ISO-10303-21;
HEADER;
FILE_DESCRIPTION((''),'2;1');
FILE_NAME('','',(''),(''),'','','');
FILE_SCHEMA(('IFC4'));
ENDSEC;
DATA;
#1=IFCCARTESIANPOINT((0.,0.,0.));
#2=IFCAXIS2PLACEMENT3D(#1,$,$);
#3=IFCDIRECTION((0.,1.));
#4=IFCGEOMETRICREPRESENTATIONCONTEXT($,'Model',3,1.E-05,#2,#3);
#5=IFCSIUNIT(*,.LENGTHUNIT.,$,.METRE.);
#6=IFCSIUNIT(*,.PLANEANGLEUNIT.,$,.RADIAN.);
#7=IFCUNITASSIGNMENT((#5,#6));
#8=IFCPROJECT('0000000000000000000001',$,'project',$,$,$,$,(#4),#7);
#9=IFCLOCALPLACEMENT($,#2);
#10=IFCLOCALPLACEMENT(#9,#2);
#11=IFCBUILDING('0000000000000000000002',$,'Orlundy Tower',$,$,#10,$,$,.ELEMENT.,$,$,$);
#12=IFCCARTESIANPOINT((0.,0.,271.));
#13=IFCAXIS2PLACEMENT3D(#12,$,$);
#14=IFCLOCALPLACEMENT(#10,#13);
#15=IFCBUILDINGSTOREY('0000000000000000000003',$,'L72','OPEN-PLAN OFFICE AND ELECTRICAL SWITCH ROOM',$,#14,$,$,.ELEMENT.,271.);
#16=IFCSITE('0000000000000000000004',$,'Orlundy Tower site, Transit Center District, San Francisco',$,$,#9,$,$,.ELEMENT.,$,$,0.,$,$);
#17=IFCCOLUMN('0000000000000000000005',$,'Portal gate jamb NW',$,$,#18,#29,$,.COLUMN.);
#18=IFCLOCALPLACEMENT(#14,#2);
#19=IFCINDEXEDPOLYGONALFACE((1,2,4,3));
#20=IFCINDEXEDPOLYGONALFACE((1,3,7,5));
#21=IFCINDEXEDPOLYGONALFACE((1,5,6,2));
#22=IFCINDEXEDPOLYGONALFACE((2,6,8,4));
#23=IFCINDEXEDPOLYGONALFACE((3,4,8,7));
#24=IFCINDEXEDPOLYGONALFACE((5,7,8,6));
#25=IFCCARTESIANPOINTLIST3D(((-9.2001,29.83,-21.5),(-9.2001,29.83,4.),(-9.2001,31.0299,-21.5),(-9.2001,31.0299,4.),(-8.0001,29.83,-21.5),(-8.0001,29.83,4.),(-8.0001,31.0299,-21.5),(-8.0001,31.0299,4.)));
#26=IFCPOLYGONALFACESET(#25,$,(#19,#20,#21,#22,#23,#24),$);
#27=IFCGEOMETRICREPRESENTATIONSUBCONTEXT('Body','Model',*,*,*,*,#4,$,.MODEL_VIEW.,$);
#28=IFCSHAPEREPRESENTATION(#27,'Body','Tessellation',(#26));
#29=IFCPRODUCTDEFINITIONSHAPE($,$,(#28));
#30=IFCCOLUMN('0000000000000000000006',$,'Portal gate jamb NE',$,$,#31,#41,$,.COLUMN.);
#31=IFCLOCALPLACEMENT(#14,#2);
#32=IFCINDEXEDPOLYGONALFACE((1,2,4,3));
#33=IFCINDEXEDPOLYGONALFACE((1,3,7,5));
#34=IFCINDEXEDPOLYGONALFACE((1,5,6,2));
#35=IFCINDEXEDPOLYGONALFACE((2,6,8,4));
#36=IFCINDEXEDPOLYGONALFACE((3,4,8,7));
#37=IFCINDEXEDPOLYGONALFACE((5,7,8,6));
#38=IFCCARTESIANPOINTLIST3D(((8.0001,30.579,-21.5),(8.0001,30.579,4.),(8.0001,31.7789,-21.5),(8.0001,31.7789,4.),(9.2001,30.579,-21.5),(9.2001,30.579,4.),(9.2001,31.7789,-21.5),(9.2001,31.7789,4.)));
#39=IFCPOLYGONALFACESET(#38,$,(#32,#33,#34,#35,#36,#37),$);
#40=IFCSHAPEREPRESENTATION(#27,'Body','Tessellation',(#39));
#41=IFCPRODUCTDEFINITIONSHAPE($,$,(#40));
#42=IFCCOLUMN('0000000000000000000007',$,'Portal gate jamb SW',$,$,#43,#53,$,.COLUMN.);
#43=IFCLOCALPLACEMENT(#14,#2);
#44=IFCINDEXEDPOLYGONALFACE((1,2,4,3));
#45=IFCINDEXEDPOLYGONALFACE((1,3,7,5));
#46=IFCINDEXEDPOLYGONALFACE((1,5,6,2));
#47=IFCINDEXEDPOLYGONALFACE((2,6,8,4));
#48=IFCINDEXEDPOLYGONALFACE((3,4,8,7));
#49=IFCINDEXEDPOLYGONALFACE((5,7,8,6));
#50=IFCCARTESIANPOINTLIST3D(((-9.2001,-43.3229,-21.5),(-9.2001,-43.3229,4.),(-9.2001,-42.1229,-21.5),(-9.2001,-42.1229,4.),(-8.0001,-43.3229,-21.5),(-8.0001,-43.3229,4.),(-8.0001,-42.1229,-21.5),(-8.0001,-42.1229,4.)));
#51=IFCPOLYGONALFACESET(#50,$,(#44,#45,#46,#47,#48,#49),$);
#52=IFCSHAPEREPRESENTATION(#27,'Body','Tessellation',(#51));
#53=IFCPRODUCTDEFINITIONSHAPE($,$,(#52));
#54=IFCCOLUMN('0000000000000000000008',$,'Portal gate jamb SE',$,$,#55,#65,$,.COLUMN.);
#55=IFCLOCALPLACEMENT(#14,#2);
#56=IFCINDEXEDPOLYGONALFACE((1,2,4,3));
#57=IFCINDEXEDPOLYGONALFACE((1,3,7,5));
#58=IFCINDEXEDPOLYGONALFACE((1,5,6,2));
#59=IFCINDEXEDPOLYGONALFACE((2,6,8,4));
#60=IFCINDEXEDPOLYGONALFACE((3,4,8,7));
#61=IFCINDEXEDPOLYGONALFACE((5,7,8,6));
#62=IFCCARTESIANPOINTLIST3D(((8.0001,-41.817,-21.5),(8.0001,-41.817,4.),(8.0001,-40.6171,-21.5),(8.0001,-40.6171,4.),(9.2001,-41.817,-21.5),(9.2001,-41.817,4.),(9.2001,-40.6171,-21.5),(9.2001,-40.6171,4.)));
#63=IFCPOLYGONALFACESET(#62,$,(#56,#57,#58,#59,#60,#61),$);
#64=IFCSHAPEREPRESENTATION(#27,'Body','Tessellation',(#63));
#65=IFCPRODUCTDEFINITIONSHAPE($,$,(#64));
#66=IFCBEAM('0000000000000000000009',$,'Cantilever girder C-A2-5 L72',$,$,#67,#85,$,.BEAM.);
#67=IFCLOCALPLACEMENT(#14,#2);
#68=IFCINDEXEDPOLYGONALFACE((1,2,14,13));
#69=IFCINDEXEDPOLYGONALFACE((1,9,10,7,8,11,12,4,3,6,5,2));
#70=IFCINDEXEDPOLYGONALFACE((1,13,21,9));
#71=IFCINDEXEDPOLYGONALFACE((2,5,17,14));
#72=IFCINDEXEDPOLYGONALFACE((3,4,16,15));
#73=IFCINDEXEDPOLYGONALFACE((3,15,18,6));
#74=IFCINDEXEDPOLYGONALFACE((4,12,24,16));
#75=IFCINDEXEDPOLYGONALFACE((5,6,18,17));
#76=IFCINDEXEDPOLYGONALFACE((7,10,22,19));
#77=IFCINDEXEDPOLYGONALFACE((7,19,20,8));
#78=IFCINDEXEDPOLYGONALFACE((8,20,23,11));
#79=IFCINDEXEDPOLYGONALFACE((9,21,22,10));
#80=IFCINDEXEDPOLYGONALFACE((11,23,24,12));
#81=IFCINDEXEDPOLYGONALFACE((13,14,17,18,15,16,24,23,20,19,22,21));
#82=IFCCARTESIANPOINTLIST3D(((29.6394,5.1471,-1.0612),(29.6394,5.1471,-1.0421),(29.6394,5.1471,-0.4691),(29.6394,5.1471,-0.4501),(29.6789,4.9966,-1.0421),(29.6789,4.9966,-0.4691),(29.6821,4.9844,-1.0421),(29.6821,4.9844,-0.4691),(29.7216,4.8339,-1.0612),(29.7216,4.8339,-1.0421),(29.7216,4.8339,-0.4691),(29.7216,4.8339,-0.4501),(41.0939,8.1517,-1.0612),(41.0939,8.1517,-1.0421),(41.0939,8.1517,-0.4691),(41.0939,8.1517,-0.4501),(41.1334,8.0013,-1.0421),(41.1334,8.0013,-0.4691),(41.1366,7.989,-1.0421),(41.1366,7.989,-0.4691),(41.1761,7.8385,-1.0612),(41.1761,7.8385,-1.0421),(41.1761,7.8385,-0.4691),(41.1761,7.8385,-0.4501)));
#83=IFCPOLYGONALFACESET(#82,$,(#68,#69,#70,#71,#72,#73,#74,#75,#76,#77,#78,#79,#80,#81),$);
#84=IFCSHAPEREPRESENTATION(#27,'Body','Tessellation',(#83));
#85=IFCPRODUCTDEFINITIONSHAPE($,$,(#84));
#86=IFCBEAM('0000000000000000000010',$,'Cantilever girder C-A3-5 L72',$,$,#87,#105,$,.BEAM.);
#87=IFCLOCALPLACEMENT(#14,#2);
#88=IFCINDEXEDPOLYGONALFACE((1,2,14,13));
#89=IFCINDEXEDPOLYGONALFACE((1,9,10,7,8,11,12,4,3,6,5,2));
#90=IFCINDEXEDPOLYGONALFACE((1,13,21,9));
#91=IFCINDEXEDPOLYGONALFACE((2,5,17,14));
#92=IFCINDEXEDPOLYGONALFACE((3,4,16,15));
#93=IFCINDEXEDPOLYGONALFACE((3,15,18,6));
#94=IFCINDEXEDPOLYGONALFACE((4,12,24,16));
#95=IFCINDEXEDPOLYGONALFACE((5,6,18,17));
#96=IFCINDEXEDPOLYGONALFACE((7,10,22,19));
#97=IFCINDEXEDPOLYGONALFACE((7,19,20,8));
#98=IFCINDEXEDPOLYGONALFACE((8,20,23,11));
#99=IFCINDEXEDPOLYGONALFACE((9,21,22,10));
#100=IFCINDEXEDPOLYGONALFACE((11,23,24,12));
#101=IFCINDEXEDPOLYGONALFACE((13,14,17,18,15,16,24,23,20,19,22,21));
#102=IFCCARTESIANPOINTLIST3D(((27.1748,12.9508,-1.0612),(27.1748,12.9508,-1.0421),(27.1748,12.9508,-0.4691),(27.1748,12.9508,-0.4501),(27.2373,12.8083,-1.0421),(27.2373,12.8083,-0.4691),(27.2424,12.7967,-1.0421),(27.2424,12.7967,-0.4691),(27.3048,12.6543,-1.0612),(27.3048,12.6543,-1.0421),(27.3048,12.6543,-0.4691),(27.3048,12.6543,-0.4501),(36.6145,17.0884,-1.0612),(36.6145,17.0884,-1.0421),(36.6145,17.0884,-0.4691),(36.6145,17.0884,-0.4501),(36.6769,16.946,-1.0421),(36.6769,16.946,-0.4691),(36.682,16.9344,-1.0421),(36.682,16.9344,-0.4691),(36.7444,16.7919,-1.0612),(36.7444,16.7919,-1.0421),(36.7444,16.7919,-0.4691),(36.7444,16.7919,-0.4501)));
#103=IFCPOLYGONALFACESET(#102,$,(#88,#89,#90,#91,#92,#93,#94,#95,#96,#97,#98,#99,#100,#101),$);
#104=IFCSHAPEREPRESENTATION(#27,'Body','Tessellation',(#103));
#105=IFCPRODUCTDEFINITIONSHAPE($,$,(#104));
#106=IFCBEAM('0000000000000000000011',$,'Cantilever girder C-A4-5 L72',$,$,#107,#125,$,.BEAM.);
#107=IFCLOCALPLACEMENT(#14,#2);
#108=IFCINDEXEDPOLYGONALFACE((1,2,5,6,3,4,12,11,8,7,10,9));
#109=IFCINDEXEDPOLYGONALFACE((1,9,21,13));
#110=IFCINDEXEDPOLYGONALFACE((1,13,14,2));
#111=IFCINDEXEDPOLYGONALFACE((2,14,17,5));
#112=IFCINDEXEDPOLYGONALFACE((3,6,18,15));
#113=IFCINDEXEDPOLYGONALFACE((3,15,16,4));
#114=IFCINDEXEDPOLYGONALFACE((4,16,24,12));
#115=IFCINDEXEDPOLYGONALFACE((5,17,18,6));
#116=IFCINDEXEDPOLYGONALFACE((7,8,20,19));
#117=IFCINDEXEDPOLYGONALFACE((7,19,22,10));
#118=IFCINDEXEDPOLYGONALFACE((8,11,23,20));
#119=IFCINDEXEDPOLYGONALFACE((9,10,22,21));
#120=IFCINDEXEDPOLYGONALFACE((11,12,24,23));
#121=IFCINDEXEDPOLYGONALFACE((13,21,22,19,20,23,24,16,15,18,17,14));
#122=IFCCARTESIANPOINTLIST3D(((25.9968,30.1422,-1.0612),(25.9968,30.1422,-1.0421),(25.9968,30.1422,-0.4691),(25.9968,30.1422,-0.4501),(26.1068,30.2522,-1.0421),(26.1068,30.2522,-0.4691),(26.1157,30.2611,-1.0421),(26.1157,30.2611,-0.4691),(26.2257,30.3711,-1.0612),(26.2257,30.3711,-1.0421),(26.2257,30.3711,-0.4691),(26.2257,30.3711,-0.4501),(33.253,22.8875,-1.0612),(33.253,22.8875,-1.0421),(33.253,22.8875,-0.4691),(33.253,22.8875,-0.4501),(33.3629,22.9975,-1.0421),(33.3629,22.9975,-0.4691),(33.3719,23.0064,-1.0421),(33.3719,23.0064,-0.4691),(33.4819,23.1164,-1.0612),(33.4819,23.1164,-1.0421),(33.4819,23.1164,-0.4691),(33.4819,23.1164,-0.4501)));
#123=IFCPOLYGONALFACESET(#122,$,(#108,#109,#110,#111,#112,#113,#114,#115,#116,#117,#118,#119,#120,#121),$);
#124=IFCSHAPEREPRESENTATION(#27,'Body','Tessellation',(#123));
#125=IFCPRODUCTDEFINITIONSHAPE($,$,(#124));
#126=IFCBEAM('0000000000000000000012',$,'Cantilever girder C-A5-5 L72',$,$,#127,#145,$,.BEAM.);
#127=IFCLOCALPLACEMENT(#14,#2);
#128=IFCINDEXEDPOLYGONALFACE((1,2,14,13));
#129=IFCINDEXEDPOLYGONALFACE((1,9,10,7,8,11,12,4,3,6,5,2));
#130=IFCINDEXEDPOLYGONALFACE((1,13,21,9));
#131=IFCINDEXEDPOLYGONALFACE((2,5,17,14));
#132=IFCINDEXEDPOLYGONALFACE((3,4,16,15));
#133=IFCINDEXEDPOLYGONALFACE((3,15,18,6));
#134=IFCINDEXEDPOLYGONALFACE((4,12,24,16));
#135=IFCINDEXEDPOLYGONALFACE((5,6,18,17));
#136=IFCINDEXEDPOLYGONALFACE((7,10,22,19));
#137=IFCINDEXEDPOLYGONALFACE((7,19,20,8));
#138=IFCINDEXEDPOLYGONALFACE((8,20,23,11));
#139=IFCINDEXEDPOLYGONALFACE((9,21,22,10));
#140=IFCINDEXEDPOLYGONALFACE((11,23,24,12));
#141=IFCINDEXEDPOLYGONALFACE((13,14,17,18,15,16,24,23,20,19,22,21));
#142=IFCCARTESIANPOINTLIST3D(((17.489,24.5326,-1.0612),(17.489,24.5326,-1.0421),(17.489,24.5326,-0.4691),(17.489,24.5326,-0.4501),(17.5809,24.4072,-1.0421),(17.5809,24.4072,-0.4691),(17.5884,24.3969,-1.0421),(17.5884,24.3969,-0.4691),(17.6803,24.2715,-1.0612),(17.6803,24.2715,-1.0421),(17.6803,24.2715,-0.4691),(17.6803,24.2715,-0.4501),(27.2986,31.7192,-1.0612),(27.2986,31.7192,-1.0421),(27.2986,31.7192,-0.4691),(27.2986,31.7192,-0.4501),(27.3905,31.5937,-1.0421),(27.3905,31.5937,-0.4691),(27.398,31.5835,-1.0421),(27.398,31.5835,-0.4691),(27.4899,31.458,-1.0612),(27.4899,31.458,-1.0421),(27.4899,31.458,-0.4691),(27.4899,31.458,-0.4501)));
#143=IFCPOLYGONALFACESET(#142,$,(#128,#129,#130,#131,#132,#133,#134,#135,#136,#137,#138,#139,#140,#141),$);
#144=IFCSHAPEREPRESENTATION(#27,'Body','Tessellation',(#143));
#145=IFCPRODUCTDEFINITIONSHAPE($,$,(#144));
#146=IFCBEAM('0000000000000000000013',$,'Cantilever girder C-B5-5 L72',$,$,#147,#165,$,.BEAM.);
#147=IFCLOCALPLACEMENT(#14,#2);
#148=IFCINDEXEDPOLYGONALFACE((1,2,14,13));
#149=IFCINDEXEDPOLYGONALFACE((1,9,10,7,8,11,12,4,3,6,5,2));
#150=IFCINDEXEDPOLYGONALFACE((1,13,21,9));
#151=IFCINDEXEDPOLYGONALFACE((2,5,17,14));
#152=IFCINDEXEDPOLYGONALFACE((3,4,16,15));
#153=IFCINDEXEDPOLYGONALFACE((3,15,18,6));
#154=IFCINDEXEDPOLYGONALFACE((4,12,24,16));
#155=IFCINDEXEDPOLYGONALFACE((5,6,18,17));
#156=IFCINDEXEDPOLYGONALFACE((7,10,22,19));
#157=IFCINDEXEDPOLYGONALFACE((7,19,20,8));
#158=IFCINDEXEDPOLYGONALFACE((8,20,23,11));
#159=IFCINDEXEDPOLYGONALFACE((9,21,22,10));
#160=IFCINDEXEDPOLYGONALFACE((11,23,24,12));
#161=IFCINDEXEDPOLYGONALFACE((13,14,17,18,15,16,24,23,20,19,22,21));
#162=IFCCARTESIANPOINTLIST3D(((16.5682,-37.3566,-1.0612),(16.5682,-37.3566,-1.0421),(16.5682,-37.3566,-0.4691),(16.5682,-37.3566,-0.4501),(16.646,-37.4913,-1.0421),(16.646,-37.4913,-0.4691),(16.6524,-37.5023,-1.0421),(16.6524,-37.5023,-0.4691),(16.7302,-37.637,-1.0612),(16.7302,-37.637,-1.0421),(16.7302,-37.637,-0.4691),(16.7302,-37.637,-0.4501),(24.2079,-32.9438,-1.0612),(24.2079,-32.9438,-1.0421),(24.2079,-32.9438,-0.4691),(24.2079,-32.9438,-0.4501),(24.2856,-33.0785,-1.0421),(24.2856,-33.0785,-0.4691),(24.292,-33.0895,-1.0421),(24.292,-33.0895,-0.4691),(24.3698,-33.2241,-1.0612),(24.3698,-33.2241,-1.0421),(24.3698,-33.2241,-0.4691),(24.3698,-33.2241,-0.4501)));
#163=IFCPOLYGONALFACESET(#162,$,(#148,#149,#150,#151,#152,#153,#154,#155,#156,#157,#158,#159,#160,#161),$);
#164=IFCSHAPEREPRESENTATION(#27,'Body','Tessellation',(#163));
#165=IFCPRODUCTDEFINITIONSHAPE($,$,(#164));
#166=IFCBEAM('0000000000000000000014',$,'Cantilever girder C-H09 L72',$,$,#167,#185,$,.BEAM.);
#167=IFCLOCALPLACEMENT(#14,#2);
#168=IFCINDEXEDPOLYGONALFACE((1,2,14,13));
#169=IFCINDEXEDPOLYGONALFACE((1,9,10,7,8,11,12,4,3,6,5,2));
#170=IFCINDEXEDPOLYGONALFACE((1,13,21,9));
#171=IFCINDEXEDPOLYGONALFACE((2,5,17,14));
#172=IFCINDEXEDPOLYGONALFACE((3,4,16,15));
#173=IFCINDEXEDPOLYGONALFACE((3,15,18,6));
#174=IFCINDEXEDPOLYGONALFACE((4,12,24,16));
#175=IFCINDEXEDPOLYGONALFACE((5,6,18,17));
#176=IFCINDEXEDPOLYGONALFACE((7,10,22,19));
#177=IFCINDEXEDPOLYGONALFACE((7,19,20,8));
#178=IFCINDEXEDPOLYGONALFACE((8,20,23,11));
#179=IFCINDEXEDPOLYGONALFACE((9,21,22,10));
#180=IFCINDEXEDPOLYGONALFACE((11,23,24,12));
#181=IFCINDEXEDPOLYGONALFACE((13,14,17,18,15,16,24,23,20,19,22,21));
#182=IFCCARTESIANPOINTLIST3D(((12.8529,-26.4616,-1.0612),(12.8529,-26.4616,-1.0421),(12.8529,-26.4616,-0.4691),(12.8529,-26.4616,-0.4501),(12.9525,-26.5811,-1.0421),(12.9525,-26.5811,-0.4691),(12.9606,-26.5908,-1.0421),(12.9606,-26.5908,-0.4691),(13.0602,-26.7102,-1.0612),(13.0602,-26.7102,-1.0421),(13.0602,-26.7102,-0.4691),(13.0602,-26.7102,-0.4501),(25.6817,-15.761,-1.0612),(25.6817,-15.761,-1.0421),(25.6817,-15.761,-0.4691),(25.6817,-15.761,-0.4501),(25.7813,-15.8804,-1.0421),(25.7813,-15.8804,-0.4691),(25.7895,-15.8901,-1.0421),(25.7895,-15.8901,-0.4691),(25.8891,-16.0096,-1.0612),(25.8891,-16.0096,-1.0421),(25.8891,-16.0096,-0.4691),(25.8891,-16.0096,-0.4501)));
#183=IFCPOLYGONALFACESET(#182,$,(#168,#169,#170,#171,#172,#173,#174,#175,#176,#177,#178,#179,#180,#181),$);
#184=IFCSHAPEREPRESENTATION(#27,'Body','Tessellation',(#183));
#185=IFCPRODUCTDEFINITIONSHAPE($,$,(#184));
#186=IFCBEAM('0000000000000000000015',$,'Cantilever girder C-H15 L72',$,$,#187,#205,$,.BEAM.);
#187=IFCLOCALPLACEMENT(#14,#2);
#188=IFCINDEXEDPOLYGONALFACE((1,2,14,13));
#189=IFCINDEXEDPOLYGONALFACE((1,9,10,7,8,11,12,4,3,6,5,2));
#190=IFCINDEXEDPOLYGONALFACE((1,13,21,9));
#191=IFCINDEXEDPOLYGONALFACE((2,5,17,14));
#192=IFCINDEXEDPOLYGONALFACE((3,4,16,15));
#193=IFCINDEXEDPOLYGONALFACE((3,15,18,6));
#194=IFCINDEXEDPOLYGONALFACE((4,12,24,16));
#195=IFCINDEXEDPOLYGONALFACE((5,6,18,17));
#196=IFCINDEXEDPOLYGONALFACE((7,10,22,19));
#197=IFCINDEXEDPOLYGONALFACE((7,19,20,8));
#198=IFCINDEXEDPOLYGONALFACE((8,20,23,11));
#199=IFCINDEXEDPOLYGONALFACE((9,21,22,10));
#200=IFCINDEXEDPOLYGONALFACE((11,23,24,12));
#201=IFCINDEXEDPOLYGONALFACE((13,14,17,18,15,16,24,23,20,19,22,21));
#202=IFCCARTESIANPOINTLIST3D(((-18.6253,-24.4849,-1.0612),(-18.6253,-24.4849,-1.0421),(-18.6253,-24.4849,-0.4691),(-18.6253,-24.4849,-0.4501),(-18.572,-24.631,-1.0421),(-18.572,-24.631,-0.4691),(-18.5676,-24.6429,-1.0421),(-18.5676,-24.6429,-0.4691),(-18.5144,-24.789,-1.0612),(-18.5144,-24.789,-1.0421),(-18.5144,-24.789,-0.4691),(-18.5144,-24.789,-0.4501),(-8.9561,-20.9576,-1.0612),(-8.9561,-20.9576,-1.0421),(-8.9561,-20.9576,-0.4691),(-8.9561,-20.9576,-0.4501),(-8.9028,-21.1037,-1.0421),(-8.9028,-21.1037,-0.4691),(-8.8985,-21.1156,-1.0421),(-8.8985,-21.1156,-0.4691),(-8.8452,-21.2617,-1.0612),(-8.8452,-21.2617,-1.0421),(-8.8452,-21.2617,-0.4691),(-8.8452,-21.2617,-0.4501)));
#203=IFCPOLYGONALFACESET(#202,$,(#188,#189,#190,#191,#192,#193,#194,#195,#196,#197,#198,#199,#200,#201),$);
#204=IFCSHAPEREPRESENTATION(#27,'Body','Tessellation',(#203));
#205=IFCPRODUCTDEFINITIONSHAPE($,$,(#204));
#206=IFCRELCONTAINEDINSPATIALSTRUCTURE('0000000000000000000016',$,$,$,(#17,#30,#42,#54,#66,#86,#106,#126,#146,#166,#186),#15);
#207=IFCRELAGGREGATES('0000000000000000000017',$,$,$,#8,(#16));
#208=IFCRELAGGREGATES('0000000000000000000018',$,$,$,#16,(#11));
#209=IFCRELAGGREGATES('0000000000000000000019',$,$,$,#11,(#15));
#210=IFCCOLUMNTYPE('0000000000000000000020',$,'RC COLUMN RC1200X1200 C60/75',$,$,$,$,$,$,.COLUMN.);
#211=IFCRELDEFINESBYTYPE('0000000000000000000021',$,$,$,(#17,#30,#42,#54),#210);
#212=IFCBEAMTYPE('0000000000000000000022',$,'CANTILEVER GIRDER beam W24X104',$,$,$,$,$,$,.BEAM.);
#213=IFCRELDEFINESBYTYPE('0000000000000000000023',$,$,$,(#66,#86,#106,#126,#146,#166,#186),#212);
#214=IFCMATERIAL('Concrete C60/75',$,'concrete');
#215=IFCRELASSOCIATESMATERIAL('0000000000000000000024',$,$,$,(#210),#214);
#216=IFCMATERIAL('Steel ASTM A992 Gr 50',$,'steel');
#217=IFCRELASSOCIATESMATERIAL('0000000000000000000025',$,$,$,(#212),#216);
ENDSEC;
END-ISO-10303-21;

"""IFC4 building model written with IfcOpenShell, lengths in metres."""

from ifc_helpers import new_model, si_unit, direction, frame, origin, origin_2d, place, context, subcontext, project, spatial, rectangle, i_section, extrude, material, material_profile, profile_set, type_object, element, save


model = new_model("IFC4")

# Units and contexts
model_context = context("Model", 3, precision=1e-05, world=origin(), true_north=direction((0.0, 1.0)))
body_context = subcontext(model_context, "Body", "Model", "MODEL_VIEW")
ifc_project = project(units=[si_unit("LENGTHUNIT", "METRE"), si_unit("PLANEANGLEUNIT", "RADIAN")], contexts=[model_context])

# Site, building, storey
site_placement = place(None, origin())
site = spatial("IfcSite", under=ifc_project, at=site_placement, Name="Orlundy Tower site, Transit Center District, San Francisco", CompositionType="ELEMENT", RefElevation=0.0)
building_placement = place(site_placement, origin())
building = spatial("IfcBuilding", under=site, at=building_placement, Name="Orlundy Tower", CompositionType="ELEMENT")
storey_placement = place(building_placement, frame((0.0, 0.0, 271.0)))
storey = spatial("IfcBuildingStorey", under=building, at=storey_placement, Name="L72", Description="OPEN-PLAN OFFICE AND ELECTRICAL SWITCH ROOM", CompositionType="ELEMENT", Elevation=271.0)

# Columns
ifc_material_1 = material(Name="Concrete C60/75", Category="concrete")
ifc_material_profile_1 = material_profile(ifc_material_1, rectangle(XDim=1.2, YDim=1.2, at=origin_2d()), Name="RC1200X1200")
ifc_profile_set_1 = profile_set([ifc_material_profile_1], Name="Concrete C60/75")
column_type = type_object("IfcColumnType", Name="RC COLUMN RC1200X1200 C60/75", PredefinedType="COLUMN", material=ifc_profile_set_1)
for number, where, z_axis, x_axis, name in (
    (1, (-8.6001, 30.4299, -21.5), (0.0, 0.0, 1.0), (1.0, 0.0, 0.0), "Portal gate jamb NW"),
    (2, (8.6001, 31.179, -21.5), (0.0, 0.0, 1.0), (1.0, 0.0, 0.0), "Portal gate jamb NE"),
    (3, (-8.6001, -42.7229, -21.5), (0.0, 0.0, 1.0), (1.0, 0.0, 0.0), "Portal gate jamb SW"),
    (4, (8.6001, -41.217, -21.5), (0.0, 0.0, 1.0), (1.0, 0.0, 0.0), "Portal gate jamb SE"),
):
    element("IfcColumn", number, at=place(storey_placement, frame(where, z_axis=z_axis, x_axis=x_axis)), inside=storey, type_object=column_type, Name=name, PredefinedType="COLUMN", context=body_context, shape_type="SweptSolid", body=[
        extrude(rectangle(XDim=1.2, YDim=1.2, at=origin_2d()), origin(), (0.0, 0.0, 1.0), 25.5),
    ])

# Beams
ifc_material_2 = material(Name="Steel ASTM A992 Gr 50", Category="steel")
ifc_material_profile_2 = material_profile(ifc_material_2, i_section(OverallWidth=0.3237, OverallDepth=0.6111, WebThickness=0.0127, FlangeThickness=0.019, at=origin_2d()), Name="W24X104")
ifc_profile_set_2 = profile_set([ifc_material_profile_2], Name="Steel ASTM A992 Gr 50")
beam_type = type_object("IfcBeamType", Name="CANTILEVER GIRDER beam W24X104", PredefinedType="BEAM", material=ifc_profile_set_2)
beam_1_placement = place(storey_placement, frame((41.135, 7.9951, -0.7556), z_axis=(-0.967276, -0.253725, 0.0), x_axis=(0.253725, -0.967276, 0.0)))
element("IfcBeam", 5, at=beam_1_placement, inside=storey, type_object=beam_type, Name="Cantilever girder C-A2-5 L72", PredefinedType="BEAM", context=body_context, shape_type="SweptSolid", body=[
    extrude(i_section(OverallWidth=0.3237, OverallDepth=0.6111, WebThickness=0.0127, FlangeThickness=0.019, at=origin_2d()), origin(), (0.0, 0.0, 1.0), 11.842),
])
beam_2_placement = place(storey_placement, frame((36.6794, 16.9402, -0.7556), z_axis=(-0.915878, -0.401456, 0.0), x_axis=(0.401456, -0.915878, 0.0)))
element("IfcBeam", 6, at=beam_2_placement, inside=storey, type_object=beam_type, Name="Cantilever girder C-A3-5 L72", PredefinedType="BEAM", context=body_context, shape_type="SweptSolid", body=[
    extrude(i_section(OverallWidth=0.3237, OverallDepth=0.6111, WebThickness=0.0127, FlangeThickness=0.019, at=origin_2d()), origin(), (0.0, 0.0, 1.0), 10.3066),
])
beam_3_placement = place(storey_placement, frame((33.3674, 23.002, -0.7556), z_axis=(-0.707178, 0.707035, 0.0), x_axis=(-0.707035, -0.707178, 0.0)))
element("IfcBeam", 7, at=beam_3_placement, inside=storey, type_object=beam_type, Name="Cantilever girder C-A4-5 L72", PredefinedType="BEAM", context=body_context, shape_type="SweptSolid", body=[
    extrude(i_section(OverallWidth=0.3237, OverallDepth=0.6111, WebThickness=0.0127, FlangeThickness=0.019, at=origin_2d()), origin(), (0.0, 0.0, 1.0), 10.2607),
])
beam_4_placement = place(storey_placement, frame((27.3943, 31.5886, -0.7556), z_axis=(-0.806686, -0.590981, 0.0), x_axis=(0.590981, -0.806686, 0.0)))
element("IfcBeam", 8, at=beam_4_placement, inside=storey, type_object=beam_type, Name="Cantilever girder C-A5-5 L72", PredefinedType="BEAM", context=body_context, shape_type="SweptSolid", body=[
    extrude(i_section(OverallWidth=0.3237, OverallDepth=0.6111, WebThickness=0.0127, FlangeThickness=0.019, at=origin_2d()), origin(), (0.0, 0.0, 1.0), 12.1604),
])
beam_5_placement = place(storey_placement, frame((24.2888, -33.084, -0.7556), z_axis=(-0.865923, -0.500178, 0.0), x_axis=(0.500178, -0.865923, 0.0)))
element("IfcBeam", 9, at=beam_5_placement, inside=storey, type_object=beam_type, Name="Cantilever girder C-B5-5 L72", PredefinedType="BEAM", context=body_context, shape_type="SweptSolid", body=[
    extrude(i_section(OverallWidth=0.3237, OverallDepth=0.6111, WebThickness=0.0127, FlangeThickness=0.019, at=origin_2d()), origin(), (0.0, 0.0, 1.0), 8.8225),
])
beam_6_placement = place(storey_placement, frame((25.7854, -15.8853, -0.7556), z_axis=(-0.767928, -0.640537, 0.0), x_axis=(0.640537, -0.767928, 0.0)))
element("IfcBeam", 10, at=beam_6_placement, inside=storey, type_object=beam_type, Name="Cantilever girder C-H09 L72", PredefinedType="BEAM", context=body_context, shape_type="SweptSolid", body=[
    extrude(i_section(OverallWidth=0.3237, OverallDepth=0.6111, WebThickness=0.0127, FlangeThickness=0.019, at=origin_2d()), origin(), (0.0, 0.0, 1.0), 16.7058),
])
beam_7_placement = place(storey_placement, frame((-18.5698, -24.637, -0.7556), z_axis=(0.939441, 0.34271, 0.0), x_axis=(-0.34271, 0.939441, 0.0)))
element("IfcBeam", 11, at=beam_7_placement, inside=storey, type_object=beam_type, Name="Cantilever girder C-H15 L72", PredefinedType="BEAM", context=body_context, shape_type="SweptSolid", body=[
    extrude(i_section(OverallWidth=0.3237, OverallDepth=0.6111, WebThickness=0.0127, FlangeThickness=0.019, at=origin_2d()), origin(), (0.0, 0.0, 1.0), 10.2925),
])

save(model, "model.ifc")
